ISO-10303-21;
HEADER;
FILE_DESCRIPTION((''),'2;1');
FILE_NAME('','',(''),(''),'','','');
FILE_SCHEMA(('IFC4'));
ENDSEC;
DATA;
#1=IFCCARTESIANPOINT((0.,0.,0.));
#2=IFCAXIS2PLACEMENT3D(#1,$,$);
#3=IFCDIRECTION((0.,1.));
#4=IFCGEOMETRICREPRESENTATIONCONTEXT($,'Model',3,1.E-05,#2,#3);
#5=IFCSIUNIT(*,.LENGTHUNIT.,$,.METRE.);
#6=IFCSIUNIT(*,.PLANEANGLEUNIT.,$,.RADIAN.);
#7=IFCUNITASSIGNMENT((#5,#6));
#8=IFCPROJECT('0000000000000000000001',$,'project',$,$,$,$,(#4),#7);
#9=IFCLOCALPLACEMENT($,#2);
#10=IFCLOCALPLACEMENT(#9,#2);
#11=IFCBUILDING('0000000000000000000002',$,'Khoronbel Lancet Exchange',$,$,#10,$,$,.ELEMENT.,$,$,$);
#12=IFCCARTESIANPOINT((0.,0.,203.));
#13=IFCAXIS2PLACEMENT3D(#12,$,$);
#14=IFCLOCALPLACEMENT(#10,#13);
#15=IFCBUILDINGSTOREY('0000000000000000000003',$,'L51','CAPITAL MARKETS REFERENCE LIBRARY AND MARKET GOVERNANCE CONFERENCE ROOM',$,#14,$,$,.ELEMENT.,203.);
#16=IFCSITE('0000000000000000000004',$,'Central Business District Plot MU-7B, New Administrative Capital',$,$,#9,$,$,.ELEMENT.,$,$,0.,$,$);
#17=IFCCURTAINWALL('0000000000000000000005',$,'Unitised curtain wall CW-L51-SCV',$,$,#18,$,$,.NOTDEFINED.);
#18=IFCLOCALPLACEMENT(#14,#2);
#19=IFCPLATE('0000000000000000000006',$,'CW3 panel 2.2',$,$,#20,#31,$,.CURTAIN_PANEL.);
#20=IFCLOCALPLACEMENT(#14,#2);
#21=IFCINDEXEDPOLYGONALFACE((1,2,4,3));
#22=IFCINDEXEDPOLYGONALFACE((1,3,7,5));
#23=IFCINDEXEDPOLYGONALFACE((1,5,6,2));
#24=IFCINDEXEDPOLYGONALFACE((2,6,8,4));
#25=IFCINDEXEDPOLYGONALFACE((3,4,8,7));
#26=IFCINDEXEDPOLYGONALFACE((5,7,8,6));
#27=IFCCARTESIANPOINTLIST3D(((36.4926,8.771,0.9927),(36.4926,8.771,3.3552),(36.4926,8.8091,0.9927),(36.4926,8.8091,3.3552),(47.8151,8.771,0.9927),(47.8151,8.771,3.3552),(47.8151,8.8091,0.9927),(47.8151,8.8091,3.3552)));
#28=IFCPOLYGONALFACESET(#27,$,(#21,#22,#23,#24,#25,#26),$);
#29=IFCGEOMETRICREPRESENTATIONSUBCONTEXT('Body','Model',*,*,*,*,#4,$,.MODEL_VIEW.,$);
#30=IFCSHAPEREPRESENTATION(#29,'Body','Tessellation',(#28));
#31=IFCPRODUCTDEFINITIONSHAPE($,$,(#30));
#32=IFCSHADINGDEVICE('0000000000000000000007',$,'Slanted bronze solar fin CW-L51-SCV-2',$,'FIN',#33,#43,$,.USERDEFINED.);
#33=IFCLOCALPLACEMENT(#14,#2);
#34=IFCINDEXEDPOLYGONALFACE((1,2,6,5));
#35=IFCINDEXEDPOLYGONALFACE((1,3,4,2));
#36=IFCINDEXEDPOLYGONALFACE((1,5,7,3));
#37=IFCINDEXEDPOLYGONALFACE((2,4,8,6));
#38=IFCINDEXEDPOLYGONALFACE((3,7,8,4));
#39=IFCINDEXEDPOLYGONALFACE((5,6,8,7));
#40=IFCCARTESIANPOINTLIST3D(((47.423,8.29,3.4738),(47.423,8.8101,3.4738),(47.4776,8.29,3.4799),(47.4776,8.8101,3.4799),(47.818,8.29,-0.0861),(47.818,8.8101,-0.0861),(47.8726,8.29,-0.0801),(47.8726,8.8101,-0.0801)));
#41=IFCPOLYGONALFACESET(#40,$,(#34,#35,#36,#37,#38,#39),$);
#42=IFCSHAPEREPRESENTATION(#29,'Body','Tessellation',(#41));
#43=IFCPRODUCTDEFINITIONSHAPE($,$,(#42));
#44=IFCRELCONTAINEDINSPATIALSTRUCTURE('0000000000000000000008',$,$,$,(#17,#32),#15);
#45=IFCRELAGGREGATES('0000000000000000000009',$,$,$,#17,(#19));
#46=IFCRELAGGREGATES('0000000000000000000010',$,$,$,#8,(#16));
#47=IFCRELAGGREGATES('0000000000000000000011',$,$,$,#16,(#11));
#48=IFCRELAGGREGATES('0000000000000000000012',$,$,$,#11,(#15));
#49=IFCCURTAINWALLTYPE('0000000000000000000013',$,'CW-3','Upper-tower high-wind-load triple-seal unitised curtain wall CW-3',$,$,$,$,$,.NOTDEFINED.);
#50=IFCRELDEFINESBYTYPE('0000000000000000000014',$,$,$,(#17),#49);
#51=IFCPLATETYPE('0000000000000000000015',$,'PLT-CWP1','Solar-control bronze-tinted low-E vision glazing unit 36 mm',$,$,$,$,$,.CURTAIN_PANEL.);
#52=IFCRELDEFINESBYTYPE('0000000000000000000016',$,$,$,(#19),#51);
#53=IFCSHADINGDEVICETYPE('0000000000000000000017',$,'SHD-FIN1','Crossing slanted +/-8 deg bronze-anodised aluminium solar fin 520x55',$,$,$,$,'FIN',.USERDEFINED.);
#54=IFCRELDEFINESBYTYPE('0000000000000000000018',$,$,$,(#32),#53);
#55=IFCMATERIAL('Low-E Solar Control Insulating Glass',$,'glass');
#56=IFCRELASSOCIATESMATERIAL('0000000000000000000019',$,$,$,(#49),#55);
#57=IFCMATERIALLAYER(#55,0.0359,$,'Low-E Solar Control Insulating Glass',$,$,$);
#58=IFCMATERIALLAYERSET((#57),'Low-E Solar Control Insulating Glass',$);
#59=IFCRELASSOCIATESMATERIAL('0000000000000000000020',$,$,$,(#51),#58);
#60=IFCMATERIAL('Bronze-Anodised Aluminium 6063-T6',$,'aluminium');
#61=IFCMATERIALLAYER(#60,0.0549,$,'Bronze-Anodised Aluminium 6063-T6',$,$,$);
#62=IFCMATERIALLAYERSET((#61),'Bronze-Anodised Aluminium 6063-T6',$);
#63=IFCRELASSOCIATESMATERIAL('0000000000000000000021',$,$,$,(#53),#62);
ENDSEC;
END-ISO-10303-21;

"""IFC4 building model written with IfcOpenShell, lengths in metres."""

from ifc_helpers import new_model, si_unit, direction, frame, origin, origin_2d, place, context, subcontext, project, spatial, polyline, rectangle, outline, extrude, material, layer, layer_set, type_object, element, aggregate, save


model = new_model("IFC4")

# Units and contexts
model_context = context("Model", 3, precision=1e-05, world=origin(), true_north=direction((0.0, 1.0)))
body_context = subcontext(model_context, "Body", "Model", "MODEL_VIEW")
ifc_project = project(units=[si_unit("LENGTHUNIT", "METRE"), si_unit("PLANEANGLEUNIT", "RADIAN")], contexts=[model_context])

# Site, building, storey
site_placement = place(None, origin())
site = spatial("IfcSite", under=ifc_project, at=site_placement, Name="Central Business District Plot MU-7B, New Administrative Capital", CompositionType="ELEMENT", RefElevation=0.0)
building_placement = place(site_placement, origin())
building = spatial("IfcBuilding", under=site, at=building_placement, Name="Khoronbel Lancet Exchange", CompositionType="ELEMENT")
storey_placement = place(building_placement, frame((0.0, 0.0, 203.0)))
storey = spatial("IfcBuildingStorey", under=building, at=storey_placement, Name="L51", Description="CAPITAL MARKETS REFERENCE LIBRARY AND MARKET GOVERNANCE CONFERENCE ROOM", CompositionType="ELEMENT", Elevation=203.0)

# Curtain wall
ifc_material_1 = material(Name="Low-E Solar Control Insulating Glass", Category="glass")
curtain_wall_type = type_object("IfcCurtainWallType", Name="CW-3", Description="Upper-tower high-wind-load triple-seal unitised curtain wall CW-3", PredefinedType="NOTDEFINED", material=ifc_material_1)
curtain_wall_1_placement = place(storey_placement, origin())
curtain_wall_1 = element("IfcCurtainWall", 1, at=curtain_wall_1_placement, inside=storey, type_object=curtain_wall_type, Name="Unitised curtain wall CW-L51-SCV", PredefinedType="NOTDEFINED")
ifc_material_2 = material(Name="Bronze-Anodised Aluminium 6063-T6", Category="aluminium")

# Plate
ifc_layer_1 = layer(ifc_material_1, 0.0359, Name="Low-E Solar Control Insulating Glass")
ifc_layer_set_1 = layer_set([ifc_layer_1], Name="Low-E Solar Control Insulating Glass")
plate_type_1 = type_object("IfcPlateType", Name="PLT-CWP1", Description="Solar-control bronze-tinted low-E vision glazing unit 36 mm", PredefinedType="CURTAIN_PANEL", material=ifc_layer_set_1)
plate_1_placement = place(storey_placement, frame((42.1538, 8.79, 0.9927), z_axis=(0.0, 0.0, 1.0), x_axis=(1.0, 0.0, 0.0)))
plate_1 = element("IfcPlate", 2, at=plate_1_placement, type_object=plate_type_1, Name="CW3 panel 2.2", PredefinedType="CURTAIN_PANEL", context=body_context, shape_type="SweptSolid", body=[
    extrude(rectangle(XDim=11.3225, YDim=0.0381, at=origin_2d()), origin(), (0.0, 0.0, 1.0), 2.3625),
])
aggregate(curtain_wall_1, [plate_1])

# Shading device
ifc_layer_2 = layer(ifc_material_2, 0.0549, Name="Bronze-Anodised Aluminium 6063-T6")
ifc_layer_set_2 = layer_set([ifc_layer_2], Name="Bronze-Anodised Aluminium 6063-T6")
shading_device_type = type_object("IfcShadingDeviceType", Name="SHD-FIN1", Description="Crossing slanted +/-8 deg bronze-anodised aluminium solar fin 520x55", ElementType="FIN", PredefinedType="USERDEFINED", material=ifc_layer_set_2)
shading_device_placement = place(storey_placement, frame((47.8726, 8.8101, -0.0801), z_axis=(0.9939, 0.0, 0.110282), x_axis=(0.0, -1.0, 0.0)))
element("IfcShadingDevice", 3, at=shading_device_placement, inside=storey, type_object=shading_device_type, Name="Slanted bronze solar fin CW-L51-SCV-2", ObjectType="FIN", PredefinedType="USERDEFINED", context=body_context, shape_type="SweptSolid", body=[
    extrude(outline(polyline([(0.0, 0.0), (0.52, 0.0), (0.52, -3.5818), (0.0, -3.5818), (0.0, 0.0)])), origin(), (0.0, 0.0, -1.0), 0.0549),
])

save(model, "model.ifc")
